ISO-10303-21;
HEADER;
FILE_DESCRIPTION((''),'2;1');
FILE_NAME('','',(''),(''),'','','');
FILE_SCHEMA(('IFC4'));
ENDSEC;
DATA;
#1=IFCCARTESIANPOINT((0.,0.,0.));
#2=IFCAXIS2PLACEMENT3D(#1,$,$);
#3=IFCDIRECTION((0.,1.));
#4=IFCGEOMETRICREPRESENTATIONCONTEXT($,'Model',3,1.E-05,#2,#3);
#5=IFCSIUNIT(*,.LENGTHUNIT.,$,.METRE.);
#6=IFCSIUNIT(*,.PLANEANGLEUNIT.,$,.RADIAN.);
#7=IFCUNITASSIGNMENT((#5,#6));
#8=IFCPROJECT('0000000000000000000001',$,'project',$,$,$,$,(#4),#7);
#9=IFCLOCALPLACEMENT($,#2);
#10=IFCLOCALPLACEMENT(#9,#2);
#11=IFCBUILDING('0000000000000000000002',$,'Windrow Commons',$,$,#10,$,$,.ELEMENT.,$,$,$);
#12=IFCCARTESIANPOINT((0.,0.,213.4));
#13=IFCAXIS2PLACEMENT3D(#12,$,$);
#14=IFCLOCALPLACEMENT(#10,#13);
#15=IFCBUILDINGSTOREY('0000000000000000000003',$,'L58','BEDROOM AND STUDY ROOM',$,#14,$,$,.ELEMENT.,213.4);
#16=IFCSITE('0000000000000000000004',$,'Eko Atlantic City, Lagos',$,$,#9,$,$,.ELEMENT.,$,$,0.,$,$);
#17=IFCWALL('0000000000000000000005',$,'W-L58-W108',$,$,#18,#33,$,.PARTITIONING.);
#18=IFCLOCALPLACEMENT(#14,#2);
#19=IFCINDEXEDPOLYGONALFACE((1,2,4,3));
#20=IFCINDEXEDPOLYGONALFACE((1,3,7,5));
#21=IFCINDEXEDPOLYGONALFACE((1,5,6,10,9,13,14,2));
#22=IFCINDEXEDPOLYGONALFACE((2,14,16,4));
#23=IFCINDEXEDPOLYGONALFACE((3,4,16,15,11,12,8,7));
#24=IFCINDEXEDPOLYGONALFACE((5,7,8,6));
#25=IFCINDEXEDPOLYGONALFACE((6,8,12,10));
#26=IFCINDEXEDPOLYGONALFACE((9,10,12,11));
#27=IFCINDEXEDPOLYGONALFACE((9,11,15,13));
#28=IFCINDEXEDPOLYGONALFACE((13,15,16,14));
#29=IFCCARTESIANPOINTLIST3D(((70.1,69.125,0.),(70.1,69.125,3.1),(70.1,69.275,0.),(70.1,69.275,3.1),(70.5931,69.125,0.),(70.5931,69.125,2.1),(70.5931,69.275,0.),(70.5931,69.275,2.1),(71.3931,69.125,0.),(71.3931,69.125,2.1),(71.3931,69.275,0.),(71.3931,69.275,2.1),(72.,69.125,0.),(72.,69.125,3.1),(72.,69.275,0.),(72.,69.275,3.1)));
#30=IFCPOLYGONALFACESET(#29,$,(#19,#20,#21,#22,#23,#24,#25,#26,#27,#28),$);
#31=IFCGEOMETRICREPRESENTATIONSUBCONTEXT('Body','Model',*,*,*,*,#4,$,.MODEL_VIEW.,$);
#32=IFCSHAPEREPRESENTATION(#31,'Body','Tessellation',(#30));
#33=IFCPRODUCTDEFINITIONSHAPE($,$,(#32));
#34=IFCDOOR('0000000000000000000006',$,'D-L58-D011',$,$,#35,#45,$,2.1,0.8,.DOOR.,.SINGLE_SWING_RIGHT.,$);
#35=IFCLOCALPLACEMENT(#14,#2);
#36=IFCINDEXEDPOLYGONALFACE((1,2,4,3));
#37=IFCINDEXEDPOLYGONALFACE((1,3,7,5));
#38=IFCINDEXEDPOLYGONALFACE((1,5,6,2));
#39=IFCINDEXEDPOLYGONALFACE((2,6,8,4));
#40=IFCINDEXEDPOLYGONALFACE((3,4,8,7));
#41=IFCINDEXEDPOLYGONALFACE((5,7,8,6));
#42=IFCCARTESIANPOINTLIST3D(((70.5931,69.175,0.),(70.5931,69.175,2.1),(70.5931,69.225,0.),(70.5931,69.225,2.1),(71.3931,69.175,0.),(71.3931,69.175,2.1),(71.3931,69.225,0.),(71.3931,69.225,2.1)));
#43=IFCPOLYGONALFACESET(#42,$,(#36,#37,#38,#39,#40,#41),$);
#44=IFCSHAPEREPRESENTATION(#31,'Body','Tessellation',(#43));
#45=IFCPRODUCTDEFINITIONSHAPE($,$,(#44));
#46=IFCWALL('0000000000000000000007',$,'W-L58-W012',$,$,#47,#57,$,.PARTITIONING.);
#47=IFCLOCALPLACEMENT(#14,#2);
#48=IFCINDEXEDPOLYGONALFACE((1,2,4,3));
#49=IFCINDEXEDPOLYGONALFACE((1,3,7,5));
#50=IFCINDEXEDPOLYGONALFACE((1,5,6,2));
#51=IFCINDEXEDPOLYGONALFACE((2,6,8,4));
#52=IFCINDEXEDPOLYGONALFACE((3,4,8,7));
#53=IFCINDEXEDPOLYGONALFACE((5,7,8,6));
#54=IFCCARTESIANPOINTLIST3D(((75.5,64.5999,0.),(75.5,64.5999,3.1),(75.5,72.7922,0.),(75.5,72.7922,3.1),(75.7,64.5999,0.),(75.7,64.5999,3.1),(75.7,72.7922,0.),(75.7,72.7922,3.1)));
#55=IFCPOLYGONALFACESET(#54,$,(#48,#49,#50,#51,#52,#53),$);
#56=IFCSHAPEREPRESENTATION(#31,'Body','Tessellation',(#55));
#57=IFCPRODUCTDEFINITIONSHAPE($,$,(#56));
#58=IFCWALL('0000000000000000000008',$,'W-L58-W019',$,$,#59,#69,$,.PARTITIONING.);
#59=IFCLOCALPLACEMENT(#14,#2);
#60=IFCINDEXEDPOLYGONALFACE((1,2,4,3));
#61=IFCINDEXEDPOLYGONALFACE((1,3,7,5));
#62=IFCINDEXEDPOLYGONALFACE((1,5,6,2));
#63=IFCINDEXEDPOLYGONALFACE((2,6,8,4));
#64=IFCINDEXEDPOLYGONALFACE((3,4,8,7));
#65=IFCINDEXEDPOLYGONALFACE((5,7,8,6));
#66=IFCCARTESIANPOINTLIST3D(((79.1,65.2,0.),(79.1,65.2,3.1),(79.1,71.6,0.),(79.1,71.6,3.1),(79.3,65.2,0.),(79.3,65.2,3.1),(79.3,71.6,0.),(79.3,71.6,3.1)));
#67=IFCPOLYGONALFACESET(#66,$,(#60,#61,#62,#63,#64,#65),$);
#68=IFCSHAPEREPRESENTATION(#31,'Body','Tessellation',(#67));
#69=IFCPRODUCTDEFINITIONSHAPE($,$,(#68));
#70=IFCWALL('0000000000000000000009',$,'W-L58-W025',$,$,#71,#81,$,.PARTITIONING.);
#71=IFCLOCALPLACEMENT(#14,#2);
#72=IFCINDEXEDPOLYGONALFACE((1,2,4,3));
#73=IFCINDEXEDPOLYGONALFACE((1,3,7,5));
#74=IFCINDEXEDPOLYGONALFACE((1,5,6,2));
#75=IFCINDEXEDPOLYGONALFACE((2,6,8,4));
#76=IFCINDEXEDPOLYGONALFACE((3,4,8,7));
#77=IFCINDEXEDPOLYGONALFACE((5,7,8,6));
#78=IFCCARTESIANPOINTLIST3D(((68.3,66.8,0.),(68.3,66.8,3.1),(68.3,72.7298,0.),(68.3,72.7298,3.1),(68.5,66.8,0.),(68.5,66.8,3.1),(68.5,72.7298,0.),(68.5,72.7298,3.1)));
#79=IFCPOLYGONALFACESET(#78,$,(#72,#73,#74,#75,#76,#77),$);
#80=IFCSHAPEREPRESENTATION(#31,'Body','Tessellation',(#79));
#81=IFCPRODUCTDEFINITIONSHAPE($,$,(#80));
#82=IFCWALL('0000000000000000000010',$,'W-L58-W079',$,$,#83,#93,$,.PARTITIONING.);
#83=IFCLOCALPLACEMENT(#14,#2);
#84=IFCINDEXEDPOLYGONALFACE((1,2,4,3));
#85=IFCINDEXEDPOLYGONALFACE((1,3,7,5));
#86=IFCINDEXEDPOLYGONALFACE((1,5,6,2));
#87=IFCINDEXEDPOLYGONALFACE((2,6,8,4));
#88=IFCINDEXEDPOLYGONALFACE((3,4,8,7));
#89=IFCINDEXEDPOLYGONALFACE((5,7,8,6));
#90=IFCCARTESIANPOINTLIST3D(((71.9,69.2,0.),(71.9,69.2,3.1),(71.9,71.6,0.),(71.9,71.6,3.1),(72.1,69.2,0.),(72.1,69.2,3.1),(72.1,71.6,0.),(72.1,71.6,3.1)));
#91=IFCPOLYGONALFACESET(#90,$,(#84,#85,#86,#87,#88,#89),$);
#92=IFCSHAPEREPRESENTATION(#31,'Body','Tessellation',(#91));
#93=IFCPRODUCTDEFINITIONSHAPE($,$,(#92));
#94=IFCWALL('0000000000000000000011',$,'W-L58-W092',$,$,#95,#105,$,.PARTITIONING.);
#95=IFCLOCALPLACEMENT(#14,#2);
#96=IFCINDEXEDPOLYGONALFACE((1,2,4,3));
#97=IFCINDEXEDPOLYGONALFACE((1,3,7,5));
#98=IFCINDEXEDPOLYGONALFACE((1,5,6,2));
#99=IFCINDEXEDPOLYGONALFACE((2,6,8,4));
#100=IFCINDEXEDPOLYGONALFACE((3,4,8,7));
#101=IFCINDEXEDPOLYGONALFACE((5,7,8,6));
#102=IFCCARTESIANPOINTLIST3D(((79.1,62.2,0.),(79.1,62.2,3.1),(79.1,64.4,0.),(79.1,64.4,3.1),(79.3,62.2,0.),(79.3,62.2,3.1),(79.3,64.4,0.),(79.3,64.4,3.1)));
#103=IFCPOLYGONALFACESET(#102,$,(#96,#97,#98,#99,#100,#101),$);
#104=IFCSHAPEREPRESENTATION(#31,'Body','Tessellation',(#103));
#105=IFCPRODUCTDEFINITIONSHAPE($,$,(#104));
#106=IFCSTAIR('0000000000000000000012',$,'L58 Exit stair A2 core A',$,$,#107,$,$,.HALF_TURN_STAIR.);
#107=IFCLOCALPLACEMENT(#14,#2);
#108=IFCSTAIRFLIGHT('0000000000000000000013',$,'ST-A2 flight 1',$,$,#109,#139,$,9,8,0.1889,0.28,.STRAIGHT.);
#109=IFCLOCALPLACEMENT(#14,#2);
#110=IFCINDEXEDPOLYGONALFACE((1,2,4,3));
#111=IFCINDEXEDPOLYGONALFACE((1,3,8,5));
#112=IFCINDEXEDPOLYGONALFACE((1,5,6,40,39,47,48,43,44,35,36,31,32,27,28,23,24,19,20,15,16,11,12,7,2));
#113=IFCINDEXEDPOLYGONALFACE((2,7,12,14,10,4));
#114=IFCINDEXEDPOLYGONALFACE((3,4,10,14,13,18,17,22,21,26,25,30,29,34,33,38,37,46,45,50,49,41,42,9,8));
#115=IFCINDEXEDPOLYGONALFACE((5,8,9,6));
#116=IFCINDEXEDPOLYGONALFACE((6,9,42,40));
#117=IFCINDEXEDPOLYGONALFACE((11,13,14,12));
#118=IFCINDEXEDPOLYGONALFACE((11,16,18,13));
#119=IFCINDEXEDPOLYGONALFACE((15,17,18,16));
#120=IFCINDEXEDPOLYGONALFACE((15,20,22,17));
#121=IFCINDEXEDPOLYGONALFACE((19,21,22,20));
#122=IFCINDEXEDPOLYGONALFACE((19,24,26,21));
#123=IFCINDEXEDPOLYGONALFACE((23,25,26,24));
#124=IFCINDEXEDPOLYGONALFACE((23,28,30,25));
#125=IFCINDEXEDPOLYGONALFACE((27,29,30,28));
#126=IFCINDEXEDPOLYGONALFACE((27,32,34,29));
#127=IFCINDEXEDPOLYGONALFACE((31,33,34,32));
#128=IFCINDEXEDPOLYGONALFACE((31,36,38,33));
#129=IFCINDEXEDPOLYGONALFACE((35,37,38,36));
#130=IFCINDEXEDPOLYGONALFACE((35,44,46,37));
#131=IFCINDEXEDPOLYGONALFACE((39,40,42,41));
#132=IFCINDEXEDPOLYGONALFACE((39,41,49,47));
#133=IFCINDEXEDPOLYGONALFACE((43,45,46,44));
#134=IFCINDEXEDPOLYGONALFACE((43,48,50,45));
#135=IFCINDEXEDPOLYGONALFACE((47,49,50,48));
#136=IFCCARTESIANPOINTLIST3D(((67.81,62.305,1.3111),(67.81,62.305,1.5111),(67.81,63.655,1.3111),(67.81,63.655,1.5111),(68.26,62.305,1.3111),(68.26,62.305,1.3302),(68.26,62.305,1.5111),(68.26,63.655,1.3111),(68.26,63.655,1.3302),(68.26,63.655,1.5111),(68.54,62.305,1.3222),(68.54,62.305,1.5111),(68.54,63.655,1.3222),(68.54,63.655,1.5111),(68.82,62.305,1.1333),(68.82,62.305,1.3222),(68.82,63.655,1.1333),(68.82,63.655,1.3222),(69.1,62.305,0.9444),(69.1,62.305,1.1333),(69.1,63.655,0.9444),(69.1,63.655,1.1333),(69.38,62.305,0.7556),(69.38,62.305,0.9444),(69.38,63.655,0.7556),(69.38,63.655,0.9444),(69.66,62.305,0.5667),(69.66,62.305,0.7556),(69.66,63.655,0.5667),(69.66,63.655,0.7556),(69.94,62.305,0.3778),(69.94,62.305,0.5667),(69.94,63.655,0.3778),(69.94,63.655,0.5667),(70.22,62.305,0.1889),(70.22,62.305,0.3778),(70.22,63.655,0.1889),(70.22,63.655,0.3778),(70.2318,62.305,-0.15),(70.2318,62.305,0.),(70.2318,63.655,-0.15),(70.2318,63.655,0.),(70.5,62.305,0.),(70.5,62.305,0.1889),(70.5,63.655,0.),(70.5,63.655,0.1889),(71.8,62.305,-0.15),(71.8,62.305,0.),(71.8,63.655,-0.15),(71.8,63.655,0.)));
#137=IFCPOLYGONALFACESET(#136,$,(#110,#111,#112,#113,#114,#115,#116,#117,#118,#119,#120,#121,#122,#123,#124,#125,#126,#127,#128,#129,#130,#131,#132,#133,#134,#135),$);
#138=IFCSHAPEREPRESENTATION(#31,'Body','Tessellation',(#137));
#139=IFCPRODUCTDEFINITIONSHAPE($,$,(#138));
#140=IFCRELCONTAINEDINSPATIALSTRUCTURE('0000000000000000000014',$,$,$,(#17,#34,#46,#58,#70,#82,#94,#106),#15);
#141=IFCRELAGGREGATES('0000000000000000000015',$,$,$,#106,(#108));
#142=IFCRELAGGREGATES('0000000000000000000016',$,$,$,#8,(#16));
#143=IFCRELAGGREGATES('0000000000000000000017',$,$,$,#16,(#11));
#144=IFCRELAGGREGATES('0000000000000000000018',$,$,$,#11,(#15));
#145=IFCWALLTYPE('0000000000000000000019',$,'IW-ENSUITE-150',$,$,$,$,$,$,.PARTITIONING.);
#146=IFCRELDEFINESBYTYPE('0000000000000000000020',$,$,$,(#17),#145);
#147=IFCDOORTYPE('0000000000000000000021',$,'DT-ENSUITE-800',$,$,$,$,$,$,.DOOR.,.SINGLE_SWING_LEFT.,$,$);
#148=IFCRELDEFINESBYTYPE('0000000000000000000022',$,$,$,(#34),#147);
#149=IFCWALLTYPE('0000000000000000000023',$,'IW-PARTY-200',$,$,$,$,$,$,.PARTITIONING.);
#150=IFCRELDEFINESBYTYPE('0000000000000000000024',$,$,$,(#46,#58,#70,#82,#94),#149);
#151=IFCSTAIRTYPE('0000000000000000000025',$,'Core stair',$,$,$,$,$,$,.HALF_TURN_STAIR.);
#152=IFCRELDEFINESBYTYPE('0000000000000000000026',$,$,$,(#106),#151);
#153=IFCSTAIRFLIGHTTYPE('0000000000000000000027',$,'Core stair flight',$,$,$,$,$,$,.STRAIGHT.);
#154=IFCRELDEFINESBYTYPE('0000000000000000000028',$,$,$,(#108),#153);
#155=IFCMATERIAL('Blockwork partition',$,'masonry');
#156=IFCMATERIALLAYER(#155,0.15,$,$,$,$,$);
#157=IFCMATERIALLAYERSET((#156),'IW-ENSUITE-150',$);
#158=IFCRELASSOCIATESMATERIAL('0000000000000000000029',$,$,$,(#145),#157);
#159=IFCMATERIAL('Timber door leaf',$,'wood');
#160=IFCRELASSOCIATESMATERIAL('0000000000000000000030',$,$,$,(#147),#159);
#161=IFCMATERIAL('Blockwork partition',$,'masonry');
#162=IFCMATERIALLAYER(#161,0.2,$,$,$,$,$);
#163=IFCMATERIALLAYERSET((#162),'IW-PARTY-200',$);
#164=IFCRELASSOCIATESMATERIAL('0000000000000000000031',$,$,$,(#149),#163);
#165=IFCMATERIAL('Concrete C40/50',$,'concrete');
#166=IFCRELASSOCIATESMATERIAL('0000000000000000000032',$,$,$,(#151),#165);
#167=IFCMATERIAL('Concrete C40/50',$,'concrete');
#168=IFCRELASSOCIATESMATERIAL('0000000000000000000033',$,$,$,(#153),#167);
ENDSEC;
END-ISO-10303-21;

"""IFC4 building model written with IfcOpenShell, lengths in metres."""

from ifc_helpers import new_model, si_unit, direction, frame, frame_2d, origin, place, context, subcontext, project, spatial, polyline, rectangle, outline, extrude, material, layer, layer_set, type_object, element, fill, aggregate, save


model = new_model("IFC4")

# Units and contexts
model_context = context("Model", 3, precision=1e-05, world=origin(), true_north=direction((0.0, 1.0)))
body_context = subcontext(model_context, "Body", "Model", "MODEL_VIEW")
ifc_project = project(units=[si_unit("LENGTHUNIT", "METRE"), si_unit("PLANEANGLEUNIT", "RADIAN")], contexts=[model_context])

# Site, building, storey
site_placement = place(None, origin())
site = spatial("IfcSite", under=ifc_project, at=site_placement, Name="Eko Atlantic City, Lagos", CompositionType="ELEMENT", RefElevation=0.0)
building_placement = place(site_placement, origin())
building = spatial("IfcBuilding", under=site, at=building_placement, Name="Windrow Commons", CompositionType="ELEMENT")
storey_placement = place(building_placement, frame((0.0, 0.0, 213.4)))
storey = spatial("IfcBuildingStorey", under=building, at=storey_placement, Name="L58", Description="BEDROOM AND STUDY ROOM", CompositionType="ELEMENT", Elevation=213.4)

# Shared definitions
ifc_material_1 = material(Name="Blockwork partition", Category="masonry")
ifc_layer_1 = layer(ifc_material_1, 0.15)
ifc_layer_set_1 = layer_set([ifc_layer_1], Name="IW-ENSUITE-150")
wall_type_1 = type_object("IfcWallType", Name="IW-ENSUITE-150", PredefinedType="PARTITIONING", material=ifc_layer_set_1)

# Wall, opening, door
ifc_material_2 = material(Name="Timber door leaf", Category="wood")
door_type_1 = type_object("IfcDoorType", Name="DT-ENSUITE-800", OperationType="SINGLE_SWING_LEFT", PredefinedType="DOOR", material=ifc_material_2)
wall_1_placement = place(storey_placement, frame((70.1, 69.2, 0.0), z_axis=(0.0, 0.0, 1.0), x_axis=(1.0, 0.0, 0.0)))
wall_1 = element("IfcWall", 1, at=wall_1_placement, inside=storey, type_object=wall_type_1, Name="W-L58-W108", PredefinedType="PARTITIONING", context=body_context, shape_type="SweptSolid", body=[
    extrude(rectangle(XDim=1.9, YDim=0.15, at=frame_2d((0.95, 0.0))), origin(), (0.0, 0.0, 1.0), 3.1),
])
opening_1_placement = place(wall_1_placement, frame((0.4931, 0.0, 0.0)))
opening_1 = element("IfcOpeningElement", 2, at=opening_1_placement, cuts=wall_1, PredefinedType="OPENING", context=body_context, shape_type="SweptSolid", body=[
    extrude(rectangle(XDim=0.8, YDim=2.1, at=frame_2d((0.4, 1.05))), frame((0.0, 0.085, 0.0), z_axis=(0.0, -1.0, 0.0), x_axis=(1.0, 0.0, 0.0)), (0.0, 0.0, 1.0), 0.17),
])
door_1_placement = place(opening_1_placement, origin())
door_1 = element("IfcDoor", 3, at=door_1_placement, inside=storey, type_object=door_type_1, Name="D-L58-D011", OperationType="SINGLE_SWING_RIGHT", OverallHeight=2.1, OverallWidth=0.8, PredefinedType="DOOR", context=body_context, shape_type="SweptSolid", body=[
    extrude(rectangle(XDim=0.8, YDim=2.1, at=frame_2d((0.4, 1.05))), frame((0.0, 0.025, 0.0), z_axis=(0.0, -1.0, 0.0), x_axis=(1.0, 0.0, 0.0)), (0.0, 0.0, 1.0), 0.05),
])
fill(opening_1, door_1)

# Walls
ifc_material_3 = material(Name="Blockwork partition", Category="masonry")
ifc_layer_2 = layer(ifc_material_3, 0.2)
ifc_layer_set_2 = layer_set([ifc_layer_2], Name="IW-PARTY-200")
wall_type_2 = type_object("IfcWallType", Name="IW-PARTY-200", PredefinedType="PARTITIONING", material=ifc_layer_set_2)
wall_2_placement = place(storey_placement, frame((75.6, 64.6, 0.0), z_axis=(0.0, 0.0, 1.0), x_axis=(0.0, 1.0, 0.0)))
element("IfcWall", 4, at=wall_2_placement, inside=storey, type_object=wall_type_2, Name="W-L58-W012", PredefinedType="PARTITIONING", context=body_context, shape_type="SweptSolid", body=[
    extrude(rectangle(XDim=8.1923, YDim=0.2, at=frame_2d((4.0961, 0.0))), origin(), (0.0, 0.0, 1.0), 3.1),
])
wall_3_placement = place(storey_placement, frame((79.2, 65.2, 0.0), z_axis=(0.0, 0.0, 1.0), x_axis=(0.0, 1.0, 0.0)))
element("IfcWall", 5, at=wall_3_placement, inside=storey, type_object=wall_type_2, Name="W-L58-W019", PredefinedType="PARTITIONING", context=body_context, shape_type="SweptSolid", body=[
    extrude(rectangle(XDim=6.4, YDim=0.2, at=frame_2d((3.2, 0.0))), origin(), (0.0, 0.0, 1.0), 3.1),
])
wall_4_placement = place(storey_placement, frame((68.4, 66.8, 0.0), z_axis=(0.0, 0.0, 1.0), x_axis=(0.0, 1.0, 0.0)))
element("IfcWall", 6, at=wall_4_placement, inside=storey, type_object=wall_type_2, Name="W-L58-W025", PredefinedType="PARTITIONING", context=body_context, shape_type="SweptSolid", body=[
    extrude(rectangle(XDim=5.9299, YDim=0.2, at=frame_2d((2.9649, 0.0))), origin(), (0.0, 0.0, 1.0), 3.1),
])
wall_5_placement = place(storey_placement, frame((72.0, 69.2, 0.0), z_axis=(0.0, 0.0, 1.0), x_axis=(0.0, 1.0, 0.0)))
element("IfcWall", 7, at=wall_5_placement, inside=storey, type_object=wall_type_2, Name="W-L58-W079", PredefinedType="PARTITIONING", context=body_context, shape_type="SweptSolid", body=[
    extrude(rectangle(XDim=2.4, YDim=0.2, at=frame_2d((1.2, 0.0))), origin(), (0.0, 0.0, 1.0), 3.1),
])
wall_6_placement = place(storey_placement, frame((79.2, 62.2, 0.0), z_axis=(0.0, 0.0, 1.0), x_axis=(0.0, 1.0, 0.0)))
element("IfcWall", 8, at=wall_6_placement, inside=storey, type_object=wall_type_2, Name="W-L58-W092", PredefinedType="PARTITIONING", context=body_context, shape_type="SweptSolid", body=[
    extrude(rectangle(XDim=2.2, YDim=0.2, at=frame_2d((1.1, 0.0))), origin(), (0.0, 0.0, 1.0), 3.1),
])

# Stair, stair flight
ifc_material_4 = material(Name="Concrete C40/50", Category="concrete")
stair_type = type_object("IfcStairType", Name="Core stair", PredefinedType="HALF_TURN_STAIR", material=ifc_material_4)
stair_placement = place(storey_placement, origin())
stair = element("IfcStair", 9, at=stair_placement, inside=storey, type_object=stair_type, Name="L58 Exit stair A2 core A", PredefinedType="HALF_TURN_STAIR")
ifc_material_5 = material(Name="Concrete C40/50", Category="concrete")
stair_flight_type = type_object("IfcStairFlightType", Name="Core stair flight", PredefinedType="STRAIGHT", material=ifc_material_5)
stair_flight_placement = place(storey_placement, frame((70.5, 62.98, 0.0), z_axis=(0.0, 0.0, 1.0), x_axis=(-1.0, 0.0, 0.0)))
stair_flight = element("IfcStairFlight", 10, at=stair_flight_placement, type_object=stair_flight_type, Name="ST-A2 flight 1", NumberOfRisers=9, NumberOfTreads=8, PredefinedType="STRAIGHT", RiserHeight=0.1889, TreadLength=0.28, context=body_context, shape_type="SweptSolid", body=[
    extrude(outline(polyline([(-1.3, -0.15), (-1.3, 0.0), (0.0, 0.0), (0.0, 0.1889), (0.28, 0.1889), (0.28, 0.3778), (0.56, 0.3778), (0.56, 0.5667), (0.84, 0.5667), (0.84, 0.7556), (1.12, 0.7556), (1.12, 0.9444), (1.4, 0.9444), (1.4, 1.1333), (1.68, 1.1333), (1.68, 1.3222), (1.96, 1.3222), (1.96, 1.5111), (2.24, 1.5111), (2.69, 1.5111), (2.69, 1.3111), (2.24, 1.3111), (2.24, 1.3302), (0.2682, 0.0), (0.2682, -0.15), (-1.3, -0.15)])), frame((0.0, 0.675, 0.0), z_axis=(0.0, -1.0, 0.0), x_axis=(1.0, 0.0, 0.0)), (0.0, 0.0, 1.0), 1.35),
])
aggregate(stair, [stair_flight])

save(model, "model.ifc")
